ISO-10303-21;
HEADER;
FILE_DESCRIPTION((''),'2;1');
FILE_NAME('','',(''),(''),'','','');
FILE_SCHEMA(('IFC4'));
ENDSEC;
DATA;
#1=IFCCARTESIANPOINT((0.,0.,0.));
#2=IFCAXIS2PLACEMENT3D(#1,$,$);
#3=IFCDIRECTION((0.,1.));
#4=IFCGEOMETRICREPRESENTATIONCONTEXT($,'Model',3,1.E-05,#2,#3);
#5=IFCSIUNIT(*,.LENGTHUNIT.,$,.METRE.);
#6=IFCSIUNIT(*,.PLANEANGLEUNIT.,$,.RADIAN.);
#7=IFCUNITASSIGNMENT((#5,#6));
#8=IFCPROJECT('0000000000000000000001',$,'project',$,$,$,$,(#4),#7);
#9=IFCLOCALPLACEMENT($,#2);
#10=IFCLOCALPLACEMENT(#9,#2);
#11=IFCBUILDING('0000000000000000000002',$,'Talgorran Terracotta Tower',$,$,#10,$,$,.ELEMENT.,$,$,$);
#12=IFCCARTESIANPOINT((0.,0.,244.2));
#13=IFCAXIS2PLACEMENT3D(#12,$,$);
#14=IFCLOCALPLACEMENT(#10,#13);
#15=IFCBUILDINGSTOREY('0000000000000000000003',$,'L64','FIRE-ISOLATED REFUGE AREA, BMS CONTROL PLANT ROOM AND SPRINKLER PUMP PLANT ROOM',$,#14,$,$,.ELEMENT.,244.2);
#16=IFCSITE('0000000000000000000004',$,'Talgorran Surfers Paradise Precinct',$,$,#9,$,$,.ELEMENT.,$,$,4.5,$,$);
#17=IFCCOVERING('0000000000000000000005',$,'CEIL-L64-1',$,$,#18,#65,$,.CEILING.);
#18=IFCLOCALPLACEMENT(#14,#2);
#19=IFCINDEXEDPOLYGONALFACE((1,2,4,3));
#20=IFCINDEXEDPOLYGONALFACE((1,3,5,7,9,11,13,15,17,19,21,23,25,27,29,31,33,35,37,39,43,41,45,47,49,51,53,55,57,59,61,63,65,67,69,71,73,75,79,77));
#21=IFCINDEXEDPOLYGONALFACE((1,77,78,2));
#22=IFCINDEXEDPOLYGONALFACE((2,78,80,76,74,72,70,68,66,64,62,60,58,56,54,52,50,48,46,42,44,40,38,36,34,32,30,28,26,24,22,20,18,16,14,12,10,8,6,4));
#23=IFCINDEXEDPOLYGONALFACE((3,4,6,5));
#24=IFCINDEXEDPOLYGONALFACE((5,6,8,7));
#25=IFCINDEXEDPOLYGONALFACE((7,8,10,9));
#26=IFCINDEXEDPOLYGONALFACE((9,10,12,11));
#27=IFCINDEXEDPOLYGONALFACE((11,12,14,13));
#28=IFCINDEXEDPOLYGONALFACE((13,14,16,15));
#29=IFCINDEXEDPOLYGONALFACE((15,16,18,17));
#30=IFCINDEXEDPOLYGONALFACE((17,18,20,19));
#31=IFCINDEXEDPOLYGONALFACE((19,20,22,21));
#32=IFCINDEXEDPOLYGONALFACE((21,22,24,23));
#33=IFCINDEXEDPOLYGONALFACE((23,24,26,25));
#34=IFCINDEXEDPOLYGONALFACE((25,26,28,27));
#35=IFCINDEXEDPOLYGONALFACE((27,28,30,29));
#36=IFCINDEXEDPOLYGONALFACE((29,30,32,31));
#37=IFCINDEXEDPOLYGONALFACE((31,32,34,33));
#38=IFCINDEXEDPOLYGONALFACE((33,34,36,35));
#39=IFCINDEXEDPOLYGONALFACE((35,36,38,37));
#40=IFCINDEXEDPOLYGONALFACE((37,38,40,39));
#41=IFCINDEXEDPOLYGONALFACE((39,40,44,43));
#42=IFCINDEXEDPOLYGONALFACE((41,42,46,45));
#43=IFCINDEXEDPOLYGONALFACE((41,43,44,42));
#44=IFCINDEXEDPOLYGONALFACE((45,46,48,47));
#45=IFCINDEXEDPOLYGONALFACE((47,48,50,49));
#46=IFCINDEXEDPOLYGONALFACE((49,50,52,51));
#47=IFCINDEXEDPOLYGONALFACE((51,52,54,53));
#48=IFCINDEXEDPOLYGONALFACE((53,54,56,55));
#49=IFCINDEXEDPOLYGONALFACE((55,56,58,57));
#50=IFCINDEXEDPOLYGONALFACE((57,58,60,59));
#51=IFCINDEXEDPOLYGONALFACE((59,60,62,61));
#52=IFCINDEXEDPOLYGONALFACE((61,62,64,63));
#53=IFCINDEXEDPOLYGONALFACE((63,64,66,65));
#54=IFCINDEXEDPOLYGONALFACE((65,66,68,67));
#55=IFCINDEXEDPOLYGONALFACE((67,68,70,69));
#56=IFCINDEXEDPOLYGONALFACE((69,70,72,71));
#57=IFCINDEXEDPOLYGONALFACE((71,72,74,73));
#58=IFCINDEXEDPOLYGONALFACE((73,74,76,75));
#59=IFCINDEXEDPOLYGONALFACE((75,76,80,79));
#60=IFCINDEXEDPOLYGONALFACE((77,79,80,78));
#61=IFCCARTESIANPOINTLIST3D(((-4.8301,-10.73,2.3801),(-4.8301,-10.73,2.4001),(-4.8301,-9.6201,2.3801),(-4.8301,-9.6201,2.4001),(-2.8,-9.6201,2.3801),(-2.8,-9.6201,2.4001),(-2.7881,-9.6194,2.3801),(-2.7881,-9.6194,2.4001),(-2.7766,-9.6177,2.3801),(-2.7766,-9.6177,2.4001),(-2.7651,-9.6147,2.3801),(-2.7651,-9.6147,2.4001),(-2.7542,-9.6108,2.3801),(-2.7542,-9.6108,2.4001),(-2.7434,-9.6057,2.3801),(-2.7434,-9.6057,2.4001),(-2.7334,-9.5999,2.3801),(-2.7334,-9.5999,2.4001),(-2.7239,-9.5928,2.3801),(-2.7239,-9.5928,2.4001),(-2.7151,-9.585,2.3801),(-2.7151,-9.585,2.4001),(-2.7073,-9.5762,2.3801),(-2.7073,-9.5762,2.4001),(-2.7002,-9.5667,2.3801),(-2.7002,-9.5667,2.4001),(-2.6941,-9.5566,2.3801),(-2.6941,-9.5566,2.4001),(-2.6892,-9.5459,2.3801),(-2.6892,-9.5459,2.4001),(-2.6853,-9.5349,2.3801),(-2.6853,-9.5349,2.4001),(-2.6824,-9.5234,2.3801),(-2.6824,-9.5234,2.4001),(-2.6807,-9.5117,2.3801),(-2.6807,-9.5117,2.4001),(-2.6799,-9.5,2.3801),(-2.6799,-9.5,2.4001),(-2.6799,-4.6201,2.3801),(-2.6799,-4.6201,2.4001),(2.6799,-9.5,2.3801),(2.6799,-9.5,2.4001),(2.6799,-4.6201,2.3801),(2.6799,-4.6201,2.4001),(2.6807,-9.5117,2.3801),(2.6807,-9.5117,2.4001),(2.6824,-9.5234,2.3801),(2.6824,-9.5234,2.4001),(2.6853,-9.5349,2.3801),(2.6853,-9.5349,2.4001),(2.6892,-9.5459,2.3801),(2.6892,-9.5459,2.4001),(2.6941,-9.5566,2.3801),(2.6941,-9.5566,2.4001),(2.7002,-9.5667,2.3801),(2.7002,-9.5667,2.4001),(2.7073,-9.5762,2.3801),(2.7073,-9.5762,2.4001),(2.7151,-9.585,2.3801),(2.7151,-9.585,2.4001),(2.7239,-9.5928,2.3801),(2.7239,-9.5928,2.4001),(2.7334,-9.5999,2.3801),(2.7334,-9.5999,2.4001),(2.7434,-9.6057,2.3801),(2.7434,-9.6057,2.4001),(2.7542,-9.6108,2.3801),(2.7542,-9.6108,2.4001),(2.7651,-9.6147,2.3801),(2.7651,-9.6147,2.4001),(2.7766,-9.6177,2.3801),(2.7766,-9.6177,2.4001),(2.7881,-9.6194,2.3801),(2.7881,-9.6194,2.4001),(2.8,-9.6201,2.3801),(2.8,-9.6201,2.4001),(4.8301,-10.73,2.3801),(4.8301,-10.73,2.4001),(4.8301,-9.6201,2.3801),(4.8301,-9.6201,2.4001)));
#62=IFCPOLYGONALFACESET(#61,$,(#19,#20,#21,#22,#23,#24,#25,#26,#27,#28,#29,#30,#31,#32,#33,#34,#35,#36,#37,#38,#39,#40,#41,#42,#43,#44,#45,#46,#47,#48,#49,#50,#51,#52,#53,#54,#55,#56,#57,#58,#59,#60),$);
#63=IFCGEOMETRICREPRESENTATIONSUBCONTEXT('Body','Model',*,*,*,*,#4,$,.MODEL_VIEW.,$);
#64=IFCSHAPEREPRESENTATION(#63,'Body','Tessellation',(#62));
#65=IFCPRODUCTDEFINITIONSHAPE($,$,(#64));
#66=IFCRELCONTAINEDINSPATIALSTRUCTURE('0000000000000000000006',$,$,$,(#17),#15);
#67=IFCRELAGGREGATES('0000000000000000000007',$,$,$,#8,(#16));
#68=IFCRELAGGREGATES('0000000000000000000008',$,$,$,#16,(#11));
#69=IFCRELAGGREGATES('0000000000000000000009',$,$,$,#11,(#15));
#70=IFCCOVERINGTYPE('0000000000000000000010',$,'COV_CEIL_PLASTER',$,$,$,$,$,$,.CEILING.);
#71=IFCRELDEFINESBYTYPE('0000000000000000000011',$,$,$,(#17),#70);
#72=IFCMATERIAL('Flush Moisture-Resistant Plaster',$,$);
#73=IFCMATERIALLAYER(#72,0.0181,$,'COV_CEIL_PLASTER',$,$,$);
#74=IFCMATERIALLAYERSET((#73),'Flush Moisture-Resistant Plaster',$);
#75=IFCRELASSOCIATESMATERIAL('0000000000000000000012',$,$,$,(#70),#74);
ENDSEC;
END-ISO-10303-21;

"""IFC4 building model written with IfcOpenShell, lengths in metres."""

from ifc_helpers import new_model, si_unit, direction, frame, origin, place, context, subcontext, project, spatial, polyline, outline, extrude, material, layer, layer_set, type_object, element, save


model = new_model("IFC4")

# Units and contexts
model_context = context("Model", 3, precision=1e-05, world=origin(), true_north=direction((0.0, 1.0)))
body_context = subcontext(model_context, "Body", "Model", "MODEL_VIEW")
ifc_project = project(units=[si_unit("LENGTHUNIT", "METRE"), si_unit("PLANEANGLEUNIT", "RADIAN")], contexts=[model_context])

# Site, building, storey
site_placement = place(None, origin())
site = spatial("IfcSite", under=ifc_project, at=site_placement, Name="Talgorran Surfers Paradise Precinct", CompositionType="ELEMENT", RefElevation=4.5)
building_placement = place(site_placement, origin())
building = spatial("IfcBuilding", under=site, at=building_placement, Name="Talgorran Terracotta Tower", CompositionType="ELEMENT")
storey_placement = place(building_placement, frame((0.0, 0.0, 244.2)))
storey = spatial("IfcBuildingStorey", under=building, at=storey_placement, Name="L64", Description="FIRE-ISOLATED REFUGE AREA, BMS CONTROL PLANT ROOM AND SPRINKLER PUMP PLANT ROOM", CompositionType="ELEMENT", Elevation=244.2)

# Covering
ifc_material_1 = material(Name="Flush Moisture-Resistant Plaster")
ifc_layer_1 = layer(ifc_material_1, 0.0181, Name="COV_CEIL_PLASTER")
ifc_layer_set_1 = layer_set([ifc_layer_1], Name="Flush Moisture-Resistant Plaster")
covering_type_1 = type_object("IfcCoveringType", Name="COV_CEIL_PLASTER", PredefinedType="CEILING", material=ifc_layer_set_1)
covering_1_placement = place(storey_placement, frame((0.0, 0.0, 2.3801)))
element("IfcCovering", 1, at=covering_1_placement, inside=storey, type_object=covering_type_1, Name="CEIL-L64-1", PredefinedType="CEILING", context=body_context, shape_type="SweptSolid", body=[
    extrude(outline(polyline([(-4.8301, -9.6201), (-2.8, -9.6201), (-2.7881, -9.6194), (-2.7766, -9.6177), (-2.7651, -9.6147), (-2.7542, -9.6108), (-2.7434, -9.6057), (-2.7334, -9.5999), (-2.7239, -9.5928), (-2.7151, -9.585), (-2.7073, -9.5762), (-2.7002, -9.5667), (-2.6941, -9.5566), (-2.6892, -9.5459), (-2.6853, -9.5349), (-2.6824, -9.5234), (-2.6807, -9.5117), (-2.6799, -9.5), (-2.6799, -4.6201), (2.6799, -4.6201), (2.6799, -9.5), (2.6807, -9.5117), (2.6824, -9.5234), (2.6853, -9.5349), (2.6892, -9.5459), (2.6941, -9.5566), (2.7002, -9.5667), (2.7073, -9.5762), (2.7151, -9.585), (2.7239, -9.5928), (2.7334, -9.5999), (2.7434, -9.6057), (2.7542, -9.6108), (2.7651, -9.6147), (2.7766, -9.6177), (2.7881, -9.6194), (2.8, -9.6201), (4.8301, -9.6201), (4.8301, -10.73), (-4.8301, -10.73), (-4.8301, -9.6201)])), origin(), (0.0, 0.0, 1.0), 0.02),
])

save(model, "model.ifc")
